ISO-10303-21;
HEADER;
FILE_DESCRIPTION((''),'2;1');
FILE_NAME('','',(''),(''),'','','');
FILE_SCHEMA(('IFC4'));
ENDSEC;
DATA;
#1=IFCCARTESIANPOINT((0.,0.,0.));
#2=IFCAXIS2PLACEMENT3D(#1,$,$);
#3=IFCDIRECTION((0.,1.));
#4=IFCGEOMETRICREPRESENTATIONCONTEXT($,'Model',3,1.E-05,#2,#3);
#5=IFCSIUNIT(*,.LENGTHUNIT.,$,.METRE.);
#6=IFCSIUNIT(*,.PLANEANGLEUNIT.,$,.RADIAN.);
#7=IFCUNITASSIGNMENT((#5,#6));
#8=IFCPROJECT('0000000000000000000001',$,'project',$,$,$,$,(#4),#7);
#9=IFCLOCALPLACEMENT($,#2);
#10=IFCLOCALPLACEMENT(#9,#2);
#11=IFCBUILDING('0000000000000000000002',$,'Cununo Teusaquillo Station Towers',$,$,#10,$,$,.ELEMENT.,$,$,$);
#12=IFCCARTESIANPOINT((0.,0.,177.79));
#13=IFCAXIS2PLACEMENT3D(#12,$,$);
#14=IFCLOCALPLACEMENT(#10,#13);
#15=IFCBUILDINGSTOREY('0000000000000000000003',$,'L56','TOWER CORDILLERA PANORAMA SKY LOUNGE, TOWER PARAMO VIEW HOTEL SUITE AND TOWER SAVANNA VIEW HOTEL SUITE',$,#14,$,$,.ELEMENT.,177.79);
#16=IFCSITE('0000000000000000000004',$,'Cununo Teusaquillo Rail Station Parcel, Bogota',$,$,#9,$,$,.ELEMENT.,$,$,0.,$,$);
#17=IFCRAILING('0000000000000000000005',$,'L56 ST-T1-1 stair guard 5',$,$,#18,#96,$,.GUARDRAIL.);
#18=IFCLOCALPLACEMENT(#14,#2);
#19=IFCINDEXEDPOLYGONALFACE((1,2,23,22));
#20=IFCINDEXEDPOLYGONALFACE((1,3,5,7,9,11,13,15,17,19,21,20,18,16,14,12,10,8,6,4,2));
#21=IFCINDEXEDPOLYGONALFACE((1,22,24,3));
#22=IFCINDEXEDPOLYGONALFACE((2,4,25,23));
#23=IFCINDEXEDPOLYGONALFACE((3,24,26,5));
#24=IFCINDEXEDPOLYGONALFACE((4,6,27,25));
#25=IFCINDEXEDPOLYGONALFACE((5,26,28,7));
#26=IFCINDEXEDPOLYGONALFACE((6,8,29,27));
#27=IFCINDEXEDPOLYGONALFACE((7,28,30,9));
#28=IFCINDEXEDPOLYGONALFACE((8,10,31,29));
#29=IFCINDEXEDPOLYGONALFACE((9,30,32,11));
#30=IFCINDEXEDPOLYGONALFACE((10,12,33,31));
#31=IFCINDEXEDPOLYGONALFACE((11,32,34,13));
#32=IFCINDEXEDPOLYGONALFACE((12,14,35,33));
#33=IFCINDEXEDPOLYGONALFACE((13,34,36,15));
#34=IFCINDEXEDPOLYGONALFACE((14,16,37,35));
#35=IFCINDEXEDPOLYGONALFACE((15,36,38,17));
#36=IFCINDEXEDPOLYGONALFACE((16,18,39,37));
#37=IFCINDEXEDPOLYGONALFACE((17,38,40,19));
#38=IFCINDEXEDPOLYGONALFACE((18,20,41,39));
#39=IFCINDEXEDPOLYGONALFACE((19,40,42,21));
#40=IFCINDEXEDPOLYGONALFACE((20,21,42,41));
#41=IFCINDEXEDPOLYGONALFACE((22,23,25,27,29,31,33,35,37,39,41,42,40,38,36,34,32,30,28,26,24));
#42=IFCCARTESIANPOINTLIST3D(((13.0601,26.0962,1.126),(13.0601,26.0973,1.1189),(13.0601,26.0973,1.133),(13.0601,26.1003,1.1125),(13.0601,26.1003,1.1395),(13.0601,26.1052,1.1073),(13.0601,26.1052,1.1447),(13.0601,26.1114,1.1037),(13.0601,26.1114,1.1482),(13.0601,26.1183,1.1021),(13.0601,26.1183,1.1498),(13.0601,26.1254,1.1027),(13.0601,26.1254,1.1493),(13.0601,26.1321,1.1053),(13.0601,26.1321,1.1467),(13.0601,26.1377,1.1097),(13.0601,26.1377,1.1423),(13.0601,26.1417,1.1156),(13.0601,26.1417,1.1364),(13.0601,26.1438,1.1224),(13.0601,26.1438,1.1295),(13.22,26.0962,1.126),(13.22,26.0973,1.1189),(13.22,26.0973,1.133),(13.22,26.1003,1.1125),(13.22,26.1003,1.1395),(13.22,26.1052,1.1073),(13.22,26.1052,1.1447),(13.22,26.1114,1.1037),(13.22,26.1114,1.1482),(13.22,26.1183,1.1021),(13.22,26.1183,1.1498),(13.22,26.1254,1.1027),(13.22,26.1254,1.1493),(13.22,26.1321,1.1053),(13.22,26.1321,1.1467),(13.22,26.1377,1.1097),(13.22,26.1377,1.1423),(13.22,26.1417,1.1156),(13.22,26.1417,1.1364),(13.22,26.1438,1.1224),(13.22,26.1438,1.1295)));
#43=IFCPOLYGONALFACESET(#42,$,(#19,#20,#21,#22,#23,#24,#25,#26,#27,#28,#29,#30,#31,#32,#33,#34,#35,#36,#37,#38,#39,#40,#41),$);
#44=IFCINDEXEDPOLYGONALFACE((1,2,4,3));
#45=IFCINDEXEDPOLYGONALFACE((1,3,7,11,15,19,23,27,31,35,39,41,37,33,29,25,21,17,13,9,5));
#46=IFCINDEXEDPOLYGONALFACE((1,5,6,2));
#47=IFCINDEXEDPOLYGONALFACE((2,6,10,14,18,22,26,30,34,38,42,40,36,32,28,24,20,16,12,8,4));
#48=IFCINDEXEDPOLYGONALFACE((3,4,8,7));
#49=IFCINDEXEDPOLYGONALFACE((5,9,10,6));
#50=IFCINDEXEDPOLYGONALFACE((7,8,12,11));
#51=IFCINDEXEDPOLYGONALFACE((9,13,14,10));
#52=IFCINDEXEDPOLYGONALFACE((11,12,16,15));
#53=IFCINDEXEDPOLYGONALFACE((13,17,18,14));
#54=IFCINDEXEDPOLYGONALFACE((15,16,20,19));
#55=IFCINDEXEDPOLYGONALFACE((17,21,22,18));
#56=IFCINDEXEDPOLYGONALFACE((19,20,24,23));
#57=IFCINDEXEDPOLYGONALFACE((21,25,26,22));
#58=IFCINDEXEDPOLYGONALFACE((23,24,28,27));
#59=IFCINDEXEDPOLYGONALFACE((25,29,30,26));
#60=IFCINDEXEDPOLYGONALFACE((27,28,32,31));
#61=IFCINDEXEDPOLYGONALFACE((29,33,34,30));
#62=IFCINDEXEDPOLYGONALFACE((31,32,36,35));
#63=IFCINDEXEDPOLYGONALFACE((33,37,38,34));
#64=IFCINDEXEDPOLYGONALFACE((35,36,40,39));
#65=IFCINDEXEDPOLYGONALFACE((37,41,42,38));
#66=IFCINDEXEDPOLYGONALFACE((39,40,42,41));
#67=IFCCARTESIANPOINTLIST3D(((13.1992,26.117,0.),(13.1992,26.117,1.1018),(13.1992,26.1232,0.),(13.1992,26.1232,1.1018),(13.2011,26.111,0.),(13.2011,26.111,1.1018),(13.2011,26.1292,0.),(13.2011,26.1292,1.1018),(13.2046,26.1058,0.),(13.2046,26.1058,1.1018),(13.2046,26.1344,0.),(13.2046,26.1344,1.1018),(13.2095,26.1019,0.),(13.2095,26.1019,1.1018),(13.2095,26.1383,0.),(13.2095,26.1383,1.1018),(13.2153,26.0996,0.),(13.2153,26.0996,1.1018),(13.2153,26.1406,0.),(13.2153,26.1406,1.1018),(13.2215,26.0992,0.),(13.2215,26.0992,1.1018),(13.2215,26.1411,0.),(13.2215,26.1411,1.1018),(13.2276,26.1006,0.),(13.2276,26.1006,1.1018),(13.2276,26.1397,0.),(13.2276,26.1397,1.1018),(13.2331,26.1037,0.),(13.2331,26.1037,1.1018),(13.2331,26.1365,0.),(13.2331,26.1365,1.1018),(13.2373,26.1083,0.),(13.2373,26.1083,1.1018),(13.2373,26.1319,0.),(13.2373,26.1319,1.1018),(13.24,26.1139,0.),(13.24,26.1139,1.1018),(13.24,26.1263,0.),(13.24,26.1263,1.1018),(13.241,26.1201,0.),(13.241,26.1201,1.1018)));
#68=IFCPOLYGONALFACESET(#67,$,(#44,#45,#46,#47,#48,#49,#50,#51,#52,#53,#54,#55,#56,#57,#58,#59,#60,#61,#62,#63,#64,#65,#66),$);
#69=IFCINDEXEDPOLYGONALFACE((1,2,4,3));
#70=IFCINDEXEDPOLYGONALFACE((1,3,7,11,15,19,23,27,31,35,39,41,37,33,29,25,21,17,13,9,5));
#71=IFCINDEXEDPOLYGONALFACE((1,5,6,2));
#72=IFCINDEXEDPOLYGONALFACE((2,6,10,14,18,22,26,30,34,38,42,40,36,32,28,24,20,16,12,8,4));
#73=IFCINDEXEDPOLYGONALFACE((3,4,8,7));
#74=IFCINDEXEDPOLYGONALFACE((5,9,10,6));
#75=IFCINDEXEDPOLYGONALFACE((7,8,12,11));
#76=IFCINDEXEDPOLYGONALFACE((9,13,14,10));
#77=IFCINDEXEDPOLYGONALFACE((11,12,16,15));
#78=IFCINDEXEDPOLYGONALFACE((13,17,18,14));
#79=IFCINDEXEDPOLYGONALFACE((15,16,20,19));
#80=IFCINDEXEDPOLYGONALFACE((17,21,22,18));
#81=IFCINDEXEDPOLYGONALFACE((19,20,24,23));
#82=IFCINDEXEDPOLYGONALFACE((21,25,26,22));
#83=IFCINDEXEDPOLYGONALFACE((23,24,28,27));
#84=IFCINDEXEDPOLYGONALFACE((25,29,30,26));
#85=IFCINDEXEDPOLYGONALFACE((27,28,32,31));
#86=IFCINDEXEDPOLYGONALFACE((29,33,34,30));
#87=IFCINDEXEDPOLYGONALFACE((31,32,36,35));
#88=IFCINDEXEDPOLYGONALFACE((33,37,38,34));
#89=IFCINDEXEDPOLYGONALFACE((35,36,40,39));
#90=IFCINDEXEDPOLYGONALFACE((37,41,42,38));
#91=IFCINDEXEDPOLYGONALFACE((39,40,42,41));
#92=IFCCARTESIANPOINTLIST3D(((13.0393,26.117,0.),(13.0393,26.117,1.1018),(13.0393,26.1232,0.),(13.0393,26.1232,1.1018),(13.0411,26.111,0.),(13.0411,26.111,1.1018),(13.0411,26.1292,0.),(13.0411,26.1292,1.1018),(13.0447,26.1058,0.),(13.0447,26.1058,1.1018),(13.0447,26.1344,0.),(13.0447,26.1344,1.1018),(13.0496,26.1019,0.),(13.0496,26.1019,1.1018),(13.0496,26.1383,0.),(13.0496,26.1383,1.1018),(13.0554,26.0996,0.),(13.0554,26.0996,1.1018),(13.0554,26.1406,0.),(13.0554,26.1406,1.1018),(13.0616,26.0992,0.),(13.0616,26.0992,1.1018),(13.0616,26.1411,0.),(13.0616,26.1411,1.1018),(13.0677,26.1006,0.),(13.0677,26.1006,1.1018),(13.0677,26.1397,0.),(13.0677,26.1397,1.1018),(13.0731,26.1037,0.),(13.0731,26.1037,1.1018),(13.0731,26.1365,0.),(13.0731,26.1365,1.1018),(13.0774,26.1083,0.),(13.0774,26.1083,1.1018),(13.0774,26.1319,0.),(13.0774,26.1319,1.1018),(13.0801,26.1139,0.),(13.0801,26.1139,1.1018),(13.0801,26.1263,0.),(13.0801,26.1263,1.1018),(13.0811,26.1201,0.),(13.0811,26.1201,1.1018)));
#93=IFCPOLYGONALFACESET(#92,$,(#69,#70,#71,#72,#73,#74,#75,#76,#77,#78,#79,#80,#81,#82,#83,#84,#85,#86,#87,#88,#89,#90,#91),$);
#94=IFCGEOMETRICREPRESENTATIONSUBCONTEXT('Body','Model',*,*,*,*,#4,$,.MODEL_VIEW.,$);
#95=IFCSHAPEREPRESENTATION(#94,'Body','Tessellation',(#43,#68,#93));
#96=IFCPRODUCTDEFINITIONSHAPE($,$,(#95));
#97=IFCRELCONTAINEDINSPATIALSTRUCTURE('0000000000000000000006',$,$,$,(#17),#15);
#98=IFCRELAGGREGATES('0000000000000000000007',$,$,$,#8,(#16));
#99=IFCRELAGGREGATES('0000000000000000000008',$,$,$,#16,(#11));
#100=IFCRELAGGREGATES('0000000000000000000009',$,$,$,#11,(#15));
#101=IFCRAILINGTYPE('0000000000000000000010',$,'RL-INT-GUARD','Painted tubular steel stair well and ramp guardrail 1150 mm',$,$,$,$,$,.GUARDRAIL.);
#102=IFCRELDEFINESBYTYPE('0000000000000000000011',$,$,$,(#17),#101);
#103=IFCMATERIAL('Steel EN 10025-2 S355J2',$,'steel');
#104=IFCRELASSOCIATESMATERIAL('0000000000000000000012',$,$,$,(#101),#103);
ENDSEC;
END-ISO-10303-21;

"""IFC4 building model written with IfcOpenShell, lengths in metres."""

from ifc_helpers import new_model, si_unit, direction, frame, origin, origin_2d, place, context, subcontext, project, spatial, circle, extrude, material, type_object, element, save


model = new_model("IFC4")

# Units and contexts
model_context = context("Model", 3, precision=1e-05, world=origin(), true_north=direction((0.0, 1.0)))
body_context = subcontext(model_context, "Body", "Model", "MODEL_VIEW")
ifc_project = project(units=[si_unit("LENGTHUNIT", "METRE"), si_unit("PLANEANGLEUNIT", "RADIAN")], contexts=[model_context])

# Site, building, storey
site_placement = place(None, origin())
site = spatial("IfcSite", under=ifc_project, at=site_placement, Name="Cununo Teusaquillo Rail Station Parcel, Bogota", CompositionType="ELEMENT", RefElevation=0.0)
building_placement = place(site_placement, origin())
building = spatial("IfcBuilding", under=site, at=building_placement, Name="Cununo Teusaquillo Station Towers", CompositionType="ELEMENT")
storey_placement = place(building_placement, frame((0.0, 0.0, 177.79)))
storey = spatial("IfcBuildingStorey", under=building, at=storey_placement, Name="L56", Description="TOWER CORDILLERA PANORAMA SKY LOUNGE, TOWER PARAMO VIEW HOTEL SUITE AND TOWER SAVANNA VIEW HOTEL SUITE", CompositionType="ELEMENT", Elevation=177.79)

# Railing
ifc_material_1 = material(Name="Steel EN 10025-2 S355J2", Category="steel")
railing_type_1 = type_object("IfcRailingType", Name="RL-INT-GUARD", Description="Painted tubular steel stair well and ramp guardrail 1150 mm", PredefinedType="GUARDRAIL", material=ifc_material_1)
railing_1_placement = place(storey_placement, frame((13.22, 26.1201, 0.0)))
element("IfcRailing", 1, at=railing_1_placement, inside=storey, type_object=railing_type_1, Name="L56 ST-T1-1 stair guard 5", PredefinedType="GUARDRAIL", context=body_context, shape_type="SweptSolid", body=[
    extrude(circle(Radius=0.0239, at=origin_2d()), frame((0.0, 0.0, 1.126), z_axis=(-1.0, 0.0, 0.0), x_axis=(0.0, -1.0, 0.0)), (0.0, 0.0, 1.0), 0.1599),
    extrude(circle(Radius=0.021, at=origin_2d()), origin(), (0.0, 0.0, 1.0), 1.1018),
    extrude(circle(Radius=0.021, at=origin_2d()), frame((-0.1599, 0.0, 0.0)), (0.0, 0.0, 1.0), 1.1018),
])

save(model, "model.ifc")
